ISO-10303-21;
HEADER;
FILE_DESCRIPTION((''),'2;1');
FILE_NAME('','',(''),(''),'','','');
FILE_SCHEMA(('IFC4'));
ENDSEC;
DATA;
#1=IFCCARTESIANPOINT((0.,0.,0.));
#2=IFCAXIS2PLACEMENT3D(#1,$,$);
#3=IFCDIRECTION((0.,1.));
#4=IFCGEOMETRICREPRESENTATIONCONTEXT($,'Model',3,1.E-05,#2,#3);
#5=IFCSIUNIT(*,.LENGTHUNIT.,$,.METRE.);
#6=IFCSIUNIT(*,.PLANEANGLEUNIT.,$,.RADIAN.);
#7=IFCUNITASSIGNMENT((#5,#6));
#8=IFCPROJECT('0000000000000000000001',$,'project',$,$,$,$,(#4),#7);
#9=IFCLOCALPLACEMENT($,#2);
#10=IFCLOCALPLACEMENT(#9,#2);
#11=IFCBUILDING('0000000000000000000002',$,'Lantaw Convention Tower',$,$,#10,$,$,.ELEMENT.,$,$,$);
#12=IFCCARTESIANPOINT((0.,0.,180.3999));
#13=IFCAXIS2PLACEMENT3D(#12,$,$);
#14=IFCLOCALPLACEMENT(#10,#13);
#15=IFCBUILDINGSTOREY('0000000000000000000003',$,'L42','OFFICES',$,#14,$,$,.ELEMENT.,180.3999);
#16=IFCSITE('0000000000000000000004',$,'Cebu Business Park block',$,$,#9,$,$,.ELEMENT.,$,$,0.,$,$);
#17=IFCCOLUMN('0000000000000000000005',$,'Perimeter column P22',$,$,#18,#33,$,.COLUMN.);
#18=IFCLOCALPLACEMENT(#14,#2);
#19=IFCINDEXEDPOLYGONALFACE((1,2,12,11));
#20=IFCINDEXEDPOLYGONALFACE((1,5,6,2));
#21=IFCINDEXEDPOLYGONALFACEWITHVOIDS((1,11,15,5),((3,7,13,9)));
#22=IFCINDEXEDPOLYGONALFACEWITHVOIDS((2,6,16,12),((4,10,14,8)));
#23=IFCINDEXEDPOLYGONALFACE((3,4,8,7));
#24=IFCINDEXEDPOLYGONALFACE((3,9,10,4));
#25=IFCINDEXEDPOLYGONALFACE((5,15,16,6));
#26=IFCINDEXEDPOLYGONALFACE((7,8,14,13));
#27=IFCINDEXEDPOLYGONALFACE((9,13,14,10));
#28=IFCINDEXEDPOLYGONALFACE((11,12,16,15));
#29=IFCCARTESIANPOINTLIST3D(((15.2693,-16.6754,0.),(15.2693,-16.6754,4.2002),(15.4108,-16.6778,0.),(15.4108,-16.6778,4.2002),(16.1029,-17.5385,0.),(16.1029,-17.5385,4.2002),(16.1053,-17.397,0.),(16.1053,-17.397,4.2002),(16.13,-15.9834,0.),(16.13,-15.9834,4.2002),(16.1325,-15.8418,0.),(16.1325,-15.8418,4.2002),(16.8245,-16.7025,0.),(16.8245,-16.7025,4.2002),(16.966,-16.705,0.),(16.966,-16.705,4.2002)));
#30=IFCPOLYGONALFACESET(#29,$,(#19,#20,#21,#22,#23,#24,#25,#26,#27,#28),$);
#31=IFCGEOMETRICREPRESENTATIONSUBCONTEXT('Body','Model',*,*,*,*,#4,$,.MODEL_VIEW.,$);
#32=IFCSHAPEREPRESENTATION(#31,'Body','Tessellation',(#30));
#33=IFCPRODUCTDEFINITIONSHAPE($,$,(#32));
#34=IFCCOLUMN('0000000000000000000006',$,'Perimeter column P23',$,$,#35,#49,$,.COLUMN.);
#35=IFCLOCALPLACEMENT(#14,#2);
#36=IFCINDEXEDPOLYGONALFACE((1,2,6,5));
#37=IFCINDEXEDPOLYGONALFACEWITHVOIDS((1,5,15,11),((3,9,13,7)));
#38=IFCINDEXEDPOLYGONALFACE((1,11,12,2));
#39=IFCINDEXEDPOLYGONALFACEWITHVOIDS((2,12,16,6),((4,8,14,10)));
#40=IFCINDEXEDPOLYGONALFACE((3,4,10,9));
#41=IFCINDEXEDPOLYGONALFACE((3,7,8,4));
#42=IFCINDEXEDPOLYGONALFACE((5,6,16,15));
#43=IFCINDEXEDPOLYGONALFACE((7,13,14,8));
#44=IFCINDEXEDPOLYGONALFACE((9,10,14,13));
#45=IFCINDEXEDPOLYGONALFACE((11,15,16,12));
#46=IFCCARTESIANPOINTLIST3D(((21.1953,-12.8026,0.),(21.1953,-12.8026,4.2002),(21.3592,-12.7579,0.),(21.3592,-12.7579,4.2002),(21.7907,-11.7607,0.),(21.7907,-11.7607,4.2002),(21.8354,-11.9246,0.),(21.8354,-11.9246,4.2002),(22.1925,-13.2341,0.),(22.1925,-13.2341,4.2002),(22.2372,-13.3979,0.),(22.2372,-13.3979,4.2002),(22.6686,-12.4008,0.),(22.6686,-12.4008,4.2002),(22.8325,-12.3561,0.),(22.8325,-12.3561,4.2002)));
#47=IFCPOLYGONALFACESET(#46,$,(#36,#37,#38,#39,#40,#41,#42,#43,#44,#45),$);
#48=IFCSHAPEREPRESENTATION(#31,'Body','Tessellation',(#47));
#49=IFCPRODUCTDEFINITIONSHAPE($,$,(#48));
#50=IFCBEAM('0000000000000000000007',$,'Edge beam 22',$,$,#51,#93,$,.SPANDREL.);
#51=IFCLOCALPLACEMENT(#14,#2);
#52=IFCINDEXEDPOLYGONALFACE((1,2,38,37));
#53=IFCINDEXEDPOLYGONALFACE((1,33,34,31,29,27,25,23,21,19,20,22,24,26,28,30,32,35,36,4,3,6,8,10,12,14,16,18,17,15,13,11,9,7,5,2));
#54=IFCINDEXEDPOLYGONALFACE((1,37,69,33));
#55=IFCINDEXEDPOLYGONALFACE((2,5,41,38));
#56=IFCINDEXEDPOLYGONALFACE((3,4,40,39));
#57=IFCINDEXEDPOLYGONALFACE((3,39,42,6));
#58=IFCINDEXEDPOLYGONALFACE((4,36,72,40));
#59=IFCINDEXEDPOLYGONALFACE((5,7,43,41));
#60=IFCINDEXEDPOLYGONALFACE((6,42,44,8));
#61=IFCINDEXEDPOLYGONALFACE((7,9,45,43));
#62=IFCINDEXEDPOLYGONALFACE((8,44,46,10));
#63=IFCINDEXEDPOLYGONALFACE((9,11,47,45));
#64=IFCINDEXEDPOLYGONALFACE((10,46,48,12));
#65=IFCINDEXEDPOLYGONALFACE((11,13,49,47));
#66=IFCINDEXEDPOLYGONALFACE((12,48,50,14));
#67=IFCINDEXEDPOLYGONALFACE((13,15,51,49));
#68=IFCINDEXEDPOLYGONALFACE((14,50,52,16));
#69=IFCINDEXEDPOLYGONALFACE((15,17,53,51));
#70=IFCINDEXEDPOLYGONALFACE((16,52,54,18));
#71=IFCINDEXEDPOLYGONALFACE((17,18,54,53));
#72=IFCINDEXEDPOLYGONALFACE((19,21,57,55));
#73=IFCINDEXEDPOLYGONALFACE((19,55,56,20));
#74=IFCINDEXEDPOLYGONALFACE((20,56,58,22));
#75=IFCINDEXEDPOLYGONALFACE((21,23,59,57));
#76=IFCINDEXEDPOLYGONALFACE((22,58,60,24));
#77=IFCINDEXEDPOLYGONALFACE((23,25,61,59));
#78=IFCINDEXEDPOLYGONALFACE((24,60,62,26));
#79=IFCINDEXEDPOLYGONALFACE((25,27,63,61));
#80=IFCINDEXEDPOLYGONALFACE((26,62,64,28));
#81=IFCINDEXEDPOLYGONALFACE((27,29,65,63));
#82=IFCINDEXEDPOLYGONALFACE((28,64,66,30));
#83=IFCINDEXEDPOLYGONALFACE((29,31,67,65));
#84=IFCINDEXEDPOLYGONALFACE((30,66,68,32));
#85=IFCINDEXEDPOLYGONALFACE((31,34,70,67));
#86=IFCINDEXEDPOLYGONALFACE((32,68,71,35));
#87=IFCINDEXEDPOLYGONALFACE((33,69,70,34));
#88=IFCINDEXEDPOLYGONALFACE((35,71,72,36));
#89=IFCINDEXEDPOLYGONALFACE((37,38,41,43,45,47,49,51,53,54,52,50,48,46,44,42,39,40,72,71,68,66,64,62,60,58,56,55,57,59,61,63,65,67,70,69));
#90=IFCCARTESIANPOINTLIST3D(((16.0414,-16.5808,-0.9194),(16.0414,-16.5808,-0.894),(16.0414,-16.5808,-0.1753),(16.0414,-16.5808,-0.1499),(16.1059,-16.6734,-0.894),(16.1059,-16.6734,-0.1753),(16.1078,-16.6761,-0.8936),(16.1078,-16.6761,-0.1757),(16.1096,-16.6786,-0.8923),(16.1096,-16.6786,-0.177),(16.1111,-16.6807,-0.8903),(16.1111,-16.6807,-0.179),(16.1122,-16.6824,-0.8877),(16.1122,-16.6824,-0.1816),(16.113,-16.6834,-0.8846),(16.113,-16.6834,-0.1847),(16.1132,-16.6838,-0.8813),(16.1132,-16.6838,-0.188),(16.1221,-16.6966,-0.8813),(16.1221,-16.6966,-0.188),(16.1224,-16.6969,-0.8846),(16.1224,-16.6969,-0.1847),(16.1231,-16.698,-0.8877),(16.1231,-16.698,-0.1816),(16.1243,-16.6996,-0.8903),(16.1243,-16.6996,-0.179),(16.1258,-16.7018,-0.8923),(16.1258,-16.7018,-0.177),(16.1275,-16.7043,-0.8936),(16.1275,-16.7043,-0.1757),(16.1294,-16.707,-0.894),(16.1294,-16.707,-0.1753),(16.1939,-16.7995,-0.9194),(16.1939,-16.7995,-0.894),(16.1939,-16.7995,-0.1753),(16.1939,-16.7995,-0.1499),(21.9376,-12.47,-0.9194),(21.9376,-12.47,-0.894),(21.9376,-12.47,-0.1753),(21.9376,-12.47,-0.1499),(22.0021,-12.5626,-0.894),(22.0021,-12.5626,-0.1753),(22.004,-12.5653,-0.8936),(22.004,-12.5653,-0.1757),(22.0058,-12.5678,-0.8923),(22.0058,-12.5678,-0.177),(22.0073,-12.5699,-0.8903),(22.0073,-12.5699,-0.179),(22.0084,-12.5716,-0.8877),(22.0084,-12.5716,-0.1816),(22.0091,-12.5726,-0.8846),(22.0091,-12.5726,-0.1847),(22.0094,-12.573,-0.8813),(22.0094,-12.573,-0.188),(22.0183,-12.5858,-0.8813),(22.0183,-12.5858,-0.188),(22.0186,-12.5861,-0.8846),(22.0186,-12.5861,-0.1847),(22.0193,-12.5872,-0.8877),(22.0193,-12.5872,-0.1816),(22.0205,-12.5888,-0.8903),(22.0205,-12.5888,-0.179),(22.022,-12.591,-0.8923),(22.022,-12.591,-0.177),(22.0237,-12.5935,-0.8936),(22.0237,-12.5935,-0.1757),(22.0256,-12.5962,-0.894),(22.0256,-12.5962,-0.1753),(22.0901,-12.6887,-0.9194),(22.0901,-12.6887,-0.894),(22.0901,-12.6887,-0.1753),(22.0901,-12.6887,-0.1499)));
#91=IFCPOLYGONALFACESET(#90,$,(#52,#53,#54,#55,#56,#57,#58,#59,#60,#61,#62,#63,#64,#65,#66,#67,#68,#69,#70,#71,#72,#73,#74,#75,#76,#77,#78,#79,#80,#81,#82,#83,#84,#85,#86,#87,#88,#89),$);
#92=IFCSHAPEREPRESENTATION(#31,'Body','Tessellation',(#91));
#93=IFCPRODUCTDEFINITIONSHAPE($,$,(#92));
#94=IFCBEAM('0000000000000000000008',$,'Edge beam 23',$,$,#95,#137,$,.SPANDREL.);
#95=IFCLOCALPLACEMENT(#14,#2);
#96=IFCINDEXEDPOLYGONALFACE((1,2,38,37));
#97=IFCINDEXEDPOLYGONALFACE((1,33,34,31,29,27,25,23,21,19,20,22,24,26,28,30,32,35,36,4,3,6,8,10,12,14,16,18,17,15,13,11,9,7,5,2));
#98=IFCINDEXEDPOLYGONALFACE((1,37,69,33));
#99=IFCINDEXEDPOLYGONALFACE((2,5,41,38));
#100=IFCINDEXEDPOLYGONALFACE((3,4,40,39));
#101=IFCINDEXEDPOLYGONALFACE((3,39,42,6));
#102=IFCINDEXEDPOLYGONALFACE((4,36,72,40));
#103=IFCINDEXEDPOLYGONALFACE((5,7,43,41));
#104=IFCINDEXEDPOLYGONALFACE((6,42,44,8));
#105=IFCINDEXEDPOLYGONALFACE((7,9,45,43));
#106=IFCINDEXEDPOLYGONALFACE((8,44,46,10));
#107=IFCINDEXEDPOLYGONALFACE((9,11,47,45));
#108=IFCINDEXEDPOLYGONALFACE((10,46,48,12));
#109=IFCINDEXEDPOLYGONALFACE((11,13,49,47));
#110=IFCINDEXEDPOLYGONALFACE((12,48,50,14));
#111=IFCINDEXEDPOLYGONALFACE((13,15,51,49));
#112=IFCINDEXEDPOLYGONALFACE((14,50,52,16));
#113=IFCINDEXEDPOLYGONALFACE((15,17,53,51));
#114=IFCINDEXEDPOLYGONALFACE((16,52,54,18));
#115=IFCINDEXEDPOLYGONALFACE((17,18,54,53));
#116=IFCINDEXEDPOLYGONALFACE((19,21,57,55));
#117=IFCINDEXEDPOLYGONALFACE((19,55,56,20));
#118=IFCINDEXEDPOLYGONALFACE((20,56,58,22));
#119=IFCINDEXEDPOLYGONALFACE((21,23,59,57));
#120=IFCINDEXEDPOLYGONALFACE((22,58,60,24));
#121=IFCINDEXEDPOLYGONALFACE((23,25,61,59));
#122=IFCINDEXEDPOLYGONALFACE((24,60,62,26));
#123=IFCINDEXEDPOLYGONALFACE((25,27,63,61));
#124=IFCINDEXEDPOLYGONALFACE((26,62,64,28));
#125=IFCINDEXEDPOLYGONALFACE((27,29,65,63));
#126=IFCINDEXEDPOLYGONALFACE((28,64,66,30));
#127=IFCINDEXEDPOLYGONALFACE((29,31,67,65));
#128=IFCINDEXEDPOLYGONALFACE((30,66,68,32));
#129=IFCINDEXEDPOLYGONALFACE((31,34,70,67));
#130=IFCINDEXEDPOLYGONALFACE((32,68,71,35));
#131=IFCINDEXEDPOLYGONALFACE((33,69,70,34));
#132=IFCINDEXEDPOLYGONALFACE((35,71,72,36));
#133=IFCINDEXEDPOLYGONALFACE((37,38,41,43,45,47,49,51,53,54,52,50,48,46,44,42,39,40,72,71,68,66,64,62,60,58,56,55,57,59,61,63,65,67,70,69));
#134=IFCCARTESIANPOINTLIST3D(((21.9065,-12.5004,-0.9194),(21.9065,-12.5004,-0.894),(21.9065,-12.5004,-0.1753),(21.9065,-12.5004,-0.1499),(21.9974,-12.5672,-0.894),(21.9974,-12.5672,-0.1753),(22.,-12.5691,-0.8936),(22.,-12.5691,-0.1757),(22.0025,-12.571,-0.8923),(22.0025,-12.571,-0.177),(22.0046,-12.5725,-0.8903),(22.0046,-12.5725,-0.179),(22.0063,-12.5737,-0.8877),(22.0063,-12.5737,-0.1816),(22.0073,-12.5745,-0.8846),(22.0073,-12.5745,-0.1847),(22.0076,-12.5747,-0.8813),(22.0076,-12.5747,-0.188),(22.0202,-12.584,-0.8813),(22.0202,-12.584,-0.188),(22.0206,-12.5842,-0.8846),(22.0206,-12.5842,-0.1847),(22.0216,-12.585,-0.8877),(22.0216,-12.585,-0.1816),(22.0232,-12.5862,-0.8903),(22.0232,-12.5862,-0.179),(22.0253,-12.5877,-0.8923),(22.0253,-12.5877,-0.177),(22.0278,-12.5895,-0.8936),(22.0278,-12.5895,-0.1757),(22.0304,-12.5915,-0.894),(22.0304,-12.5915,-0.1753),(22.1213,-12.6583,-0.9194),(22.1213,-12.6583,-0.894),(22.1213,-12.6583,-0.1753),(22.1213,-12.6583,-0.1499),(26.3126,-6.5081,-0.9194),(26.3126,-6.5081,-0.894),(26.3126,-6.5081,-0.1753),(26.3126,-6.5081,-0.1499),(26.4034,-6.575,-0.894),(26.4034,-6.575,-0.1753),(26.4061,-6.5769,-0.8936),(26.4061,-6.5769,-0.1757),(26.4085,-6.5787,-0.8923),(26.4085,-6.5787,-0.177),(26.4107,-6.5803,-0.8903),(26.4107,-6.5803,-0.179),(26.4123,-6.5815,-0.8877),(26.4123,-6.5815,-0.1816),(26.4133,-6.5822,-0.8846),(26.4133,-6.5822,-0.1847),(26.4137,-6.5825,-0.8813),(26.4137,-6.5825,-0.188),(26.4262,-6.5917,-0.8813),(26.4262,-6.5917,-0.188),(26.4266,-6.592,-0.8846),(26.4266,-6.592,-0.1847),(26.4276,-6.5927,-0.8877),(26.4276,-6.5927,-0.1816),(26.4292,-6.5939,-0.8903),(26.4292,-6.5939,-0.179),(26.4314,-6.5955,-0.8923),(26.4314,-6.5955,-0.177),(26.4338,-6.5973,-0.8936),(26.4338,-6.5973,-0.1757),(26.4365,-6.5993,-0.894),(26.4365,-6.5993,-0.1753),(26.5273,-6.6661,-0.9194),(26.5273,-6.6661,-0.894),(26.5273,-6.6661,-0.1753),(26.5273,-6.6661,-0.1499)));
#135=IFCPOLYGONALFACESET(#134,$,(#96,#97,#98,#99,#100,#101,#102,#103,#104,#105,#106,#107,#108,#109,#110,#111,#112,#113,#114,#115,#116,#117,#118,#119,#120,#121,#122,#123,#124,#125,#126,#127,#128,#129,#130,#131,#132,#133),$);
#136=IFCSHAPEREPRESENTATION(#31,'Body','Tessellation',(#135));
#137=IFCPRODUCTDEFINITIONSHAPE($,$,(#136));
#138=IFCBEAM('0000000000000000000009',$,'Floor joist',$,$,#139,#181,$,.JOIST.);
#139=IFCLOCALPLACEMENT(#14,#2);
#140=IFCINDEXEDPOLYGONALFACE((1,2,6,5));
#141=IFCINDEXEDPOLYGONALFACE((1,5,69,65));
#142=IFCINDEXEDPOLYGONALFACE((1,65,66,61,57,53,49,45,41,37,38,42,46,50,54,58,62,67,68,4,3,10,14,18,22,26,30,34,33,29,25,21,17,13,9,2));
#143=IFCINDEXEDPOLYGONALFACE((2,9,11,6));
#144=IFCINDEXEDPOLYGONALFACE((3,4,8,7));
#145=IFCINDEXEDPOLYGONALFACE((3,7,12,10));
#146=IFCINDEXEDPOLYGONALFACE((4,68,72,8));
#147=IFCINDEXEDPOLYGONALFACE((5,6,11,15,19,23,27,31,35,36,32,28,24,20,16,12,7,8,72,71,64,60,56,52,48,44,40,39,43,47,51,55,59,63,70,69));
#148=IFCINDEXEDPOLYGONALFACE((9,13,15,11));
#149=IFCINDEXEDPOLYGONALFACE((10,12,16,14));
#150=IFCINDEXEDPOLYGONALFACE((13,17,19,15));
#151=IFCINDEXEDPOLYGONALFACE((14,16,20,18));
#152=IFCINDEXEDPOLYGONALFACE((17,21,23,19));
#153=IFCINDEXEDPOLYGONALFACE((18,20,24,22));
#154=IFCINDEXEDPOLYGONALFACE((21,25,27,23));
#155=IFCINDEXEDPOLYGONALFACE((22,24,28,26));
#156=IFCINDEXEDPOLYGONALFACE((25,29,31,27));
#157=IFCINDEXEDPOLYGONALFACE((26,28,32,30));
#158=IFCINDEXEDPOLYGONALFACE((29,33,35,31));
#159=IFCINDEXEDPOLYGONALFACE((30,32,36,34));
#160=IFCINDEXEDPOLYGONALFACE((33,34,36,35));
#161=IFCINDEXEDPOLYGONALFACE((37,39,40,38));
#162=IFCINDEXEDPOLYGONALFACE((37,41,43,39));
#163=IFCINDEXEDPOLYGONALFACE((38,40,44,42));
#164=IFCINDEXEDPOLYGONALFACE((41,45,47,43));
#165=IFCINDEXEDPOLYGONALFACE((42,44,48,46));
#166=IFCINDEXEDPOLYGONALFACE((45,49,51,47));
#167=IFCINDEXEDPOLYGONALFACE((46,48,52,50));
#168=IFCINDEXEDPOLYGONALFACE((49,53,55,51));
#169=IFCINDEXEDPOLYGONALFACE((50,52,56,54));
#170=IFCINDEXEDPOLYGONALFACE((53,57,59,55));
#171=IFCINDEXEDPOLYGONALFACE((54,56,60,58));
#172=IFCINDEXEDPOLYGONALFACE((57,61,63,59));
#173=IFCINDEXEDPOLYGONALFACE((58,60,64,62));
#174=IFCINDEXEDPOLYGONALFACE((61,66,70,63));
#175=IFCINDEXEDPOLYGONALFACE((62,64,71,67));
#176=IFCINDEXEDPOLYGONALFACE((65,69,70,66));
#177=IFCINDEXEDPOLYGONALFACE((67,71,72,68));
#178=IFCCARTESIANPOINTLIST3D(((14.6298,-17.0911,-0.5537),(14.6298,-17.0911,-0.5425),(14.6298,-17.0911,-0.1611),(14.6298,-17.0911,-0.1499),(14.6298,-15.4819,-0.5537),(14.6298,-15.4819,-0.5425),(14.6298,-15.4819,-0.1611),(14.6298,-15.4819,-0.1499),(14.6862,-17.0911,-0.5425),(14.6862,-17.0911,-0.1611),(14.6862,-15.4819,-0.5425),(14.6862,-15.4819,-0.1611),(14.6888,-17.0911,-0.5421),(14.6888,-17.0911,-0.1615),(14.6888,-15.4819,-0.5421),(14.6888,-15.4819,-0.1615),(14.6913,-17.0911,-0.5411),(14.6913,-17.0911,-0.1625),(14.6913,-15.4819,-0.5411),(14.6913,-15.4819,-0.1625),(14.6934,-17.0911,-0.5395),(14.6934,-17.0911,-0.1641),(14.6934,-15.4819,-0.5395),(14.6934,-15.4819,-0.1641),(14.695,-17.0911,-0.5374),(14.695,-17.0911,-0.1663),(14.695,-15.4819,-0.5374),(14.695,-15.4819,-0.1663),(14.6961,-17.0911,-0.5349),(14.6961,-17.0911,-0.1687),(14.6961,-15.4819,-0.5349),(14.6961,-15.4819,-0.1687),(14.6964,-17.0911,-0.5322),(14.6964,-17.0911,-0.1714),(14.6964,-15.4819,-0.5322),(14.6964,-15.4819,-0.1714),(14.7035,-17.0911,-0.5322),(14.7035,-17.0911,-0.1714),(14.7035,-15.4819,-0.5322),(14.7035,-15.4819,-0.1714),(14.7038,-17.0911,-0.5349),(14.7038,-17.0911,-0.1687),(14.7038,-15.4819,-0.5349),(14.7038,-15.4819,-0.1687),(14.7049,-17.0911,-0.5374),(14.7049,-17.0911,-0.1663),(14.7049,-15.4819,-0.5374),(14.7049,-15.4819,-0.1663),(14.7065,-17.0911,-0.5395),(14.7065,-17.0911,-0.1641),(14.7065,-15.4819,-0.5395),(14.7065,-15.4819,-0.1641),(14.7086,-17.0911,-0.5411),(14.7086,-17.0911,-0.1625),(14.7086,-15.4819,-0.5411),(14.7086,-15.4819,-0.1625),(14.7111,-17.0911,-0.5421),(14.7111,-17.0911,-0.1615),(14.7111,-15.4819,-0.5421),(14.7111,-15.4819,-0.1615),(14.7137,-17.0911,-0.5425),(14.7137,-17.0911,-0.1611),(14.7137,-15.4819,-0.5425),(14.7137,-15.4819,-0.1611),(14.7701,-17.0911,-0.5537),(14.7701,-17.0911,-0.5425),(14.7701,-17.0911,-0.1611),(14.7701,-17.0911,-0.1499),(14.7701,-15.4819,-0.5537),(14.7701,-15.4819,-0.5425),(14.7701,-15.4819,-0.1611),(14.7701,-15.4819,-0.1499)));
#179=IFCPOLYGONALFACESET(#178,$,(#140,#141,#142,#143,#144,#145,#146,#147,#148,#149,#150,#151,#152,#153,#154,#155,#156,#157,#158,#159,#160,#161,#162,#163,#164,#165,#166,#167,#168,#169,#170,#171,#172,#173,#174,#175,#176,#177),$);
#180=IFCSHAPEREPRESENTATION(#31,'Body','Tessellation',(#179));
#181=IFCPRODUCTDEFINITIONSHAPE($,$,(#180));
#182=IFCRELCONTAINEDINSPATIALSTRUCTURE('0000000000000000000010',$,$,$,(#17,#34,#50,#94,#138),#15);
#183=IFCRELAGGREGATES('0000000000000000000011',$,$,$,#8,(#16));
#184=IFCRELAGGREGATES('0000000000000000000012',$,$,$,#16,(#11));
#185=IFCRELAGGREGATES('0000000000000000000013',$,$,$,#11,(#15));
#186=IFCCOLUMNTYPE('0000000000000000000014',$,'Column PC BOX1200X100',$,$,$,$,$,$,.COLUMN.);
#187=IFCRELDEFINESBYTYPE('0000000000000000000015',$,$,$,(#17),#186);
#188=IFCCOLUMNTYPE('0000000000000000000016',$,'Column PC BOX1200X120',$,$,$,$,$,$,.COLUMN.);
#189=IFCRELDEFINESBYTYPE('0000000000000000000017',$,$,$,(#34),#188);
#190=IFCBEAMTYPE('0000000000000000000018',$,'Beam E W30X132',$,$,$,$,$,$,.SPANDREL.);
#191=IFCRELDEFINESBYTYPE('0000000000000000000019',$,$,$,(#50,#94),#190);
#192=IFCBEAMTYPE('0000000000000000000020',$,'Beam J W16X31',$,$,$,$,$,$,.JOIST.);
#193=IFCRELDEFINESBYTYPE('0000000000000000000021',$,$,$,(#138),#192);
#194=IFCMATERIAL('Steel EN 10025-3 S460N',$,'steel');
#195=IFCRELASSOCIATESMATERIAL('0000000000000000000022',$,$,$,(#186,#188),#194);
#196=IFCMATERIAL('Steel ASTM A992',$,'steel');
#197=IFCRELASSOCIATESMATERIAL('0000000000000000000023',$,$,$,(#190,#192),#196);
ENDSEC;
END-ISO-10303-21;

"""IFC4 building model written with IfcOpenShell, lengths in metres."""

from ifc_helpers import new_model, si_unit, direction, frame, origin, origin_2d, place, context, subcontext, project, spatial, rectangle, hollow_rectangle, i_section, extrude, material, material_profile, profile_set, type_object, element, save


model = new_model("IFC4")

# Units and contexts
model_context = context("Model", 3, precision=1e-05, world=origin(), true_north=direction((0.0, 1.0)))
body_context = subcontext(model_context, "Body", "Model", "MODEL_VIEW")
ifc_project = project(units=[si_unit("LENGTHUNIT", "METRE"), si_unit("PLANEANGLEUNIT", "RADIAN")], contexts=[model_context])

# Site, building, storey
site_placement = place(None, origin())
site = spatial("IfcSite", under=ifc_project, at=site_placement, Name="Cebu Business Park block", CompositionType="ELEMENT", RefElevation=0.0)
building_placement = place(site_placement, origin())
building = spatial("IfcBuilding", under=site, at=building_placement, Name="Lantaw Convention Tower", CompositionType="ELEMENT")
storey_placement = place(building_placement, frame((0.0, 0.0, 180.3999)))
storey = spatial("IfcBuildingStorey", under=building, at=storey_placement, Name="L42", Description="OFFICES", CompositionType="ELEMENT", Elevation=180.3999)

# Columns
ifc_material_1 = material(Name="Steel EN 10025-3 S460N", Category="steel")
ifc_material_profile_1 = material_profile(ifc_material_1, hollow_rectangle(XDim=1.2, YDim=1.2, WallThickness=0.1001, at=origin_2d()), Name="BOX1200X100")
ifc_material_2 = material(Name="Concrete C60/75", Category="concrete")
ifc_material_profile_2 = material_profile(ifc_material_2, rectangle(XDim=1.0, YDim=1.0, at=origin_2d()), Name="Concrete fill of BOX1200X100")
ifc_profile_set_1 = profile_set([ifc_material_profile_1, ifc_material_profile_2], Name="Steel EN 10025-3 S460N")
column_type_1 = type_object("IfcColumnType", Name="Column PC BOX1200X100", PredefinedType="COLUMN", material=ifc_profile_set_1)
column_1_placement = place(storey_placement, frame((16.1177, -16.6902, 0.0), z_axis=(0.0, 0.0, 1.0), x_axis=(0.71934, 0.694658, 0.0)))
element("IfcColumn", 1, at=column_1_placement, inside=storey, type_object=column_type_1, Name="Perimeter column P22", PredefinedType="COLUMN", context=body_context, shape_type="SweptSolid", body=[
    extrude(hollow_rectangle(XDim=1.2, YDim=1.2, WallThickness=0.1001, at=origin_2d()), origin(), (0.0, 0.0, 1.0), 4.2002),
])
ifc_material_profile_3 = material_profile(ifc_material_1, hollow_rectangle(XDim=1.2, YDim=1.2, WallThickness=0.1201, at=origin_2d()), Name="BOX1200X120")
ifc_material_profile_4 = material_profile(ifc_material_2, rectangle(XDim=0.96, YDim=0.96, at=origin_2d()), Name="Concrete fill of BOX1200X120")
ifc_profile_set_2 = profile_set([ifc_material_profile_3, ifc_material_profile_4], Name="Steel EN 10025-3 S460N")
column_type_2 = type_object("IfcColumnType", Name="Column PC BOX1200X120", PredefinedType="COLUMN", material=ifc_profile_set_2)
column_2_placement = place(storey_placement, frame((22.0139, -12.5793, 0.0), z_axis=(0.0, 0.0, 1.0), x_axis=(0.496139, 0.868243, 0.0)))
element("IfcColumn", 2, at=column_2_placement, inside=storey, type_object=column_type_2, Name="Perimeter column P23", PredefinedType="COLUMN", context=body_context, shape_type="SweptSolid", body=[
    extrude(hollow_rectangle(XDim=1.2, YDim=1.2, WallThickness=0.1201, at=origin_2d()), origin(), (0.0, 0.0, 1.0), 4.2002),
])

# Beams
ifc_material_3 = material(Name="Steel ASTM A992", Category="steel")
ifc_material_profile_5 = material_profile(ifc_material_3, i_section(OverallWidth=0.2666, OverallDepth=0.7695, WebThickness=0.0156, FlangeThickness=0.0254, FilletRadius=0.0127, at=origin_2d()), Name="W30X132")
ifc_profile_set_3 = profile_set([ifc_material_profile_5], Name="Steel ASTM A992")
beam_type_1 = type_object("IfcBeamType", Name="Beam E W30X132", PredefinedType="SPANDREL", material=ifc_profile_set_3)
beam_1_placement = place(storey_placement, frame((16.1177, -16.6902, -0.5347), z_axis=(0.820311, 0.571918, 0.0), x_axis=(-0.571918, 0.820311, 0.0)))
element("IfcBeam", 3, at=beam_1_placement, inside=storey, type_object=beam_type_1, Name="Edge beam 22", PredefinedType="SPANDREL", context=body_context, shape_type="SweptSolid", body=[
    extrude(i_section(OverallWidth=0.2666, OverallDepth=0.7695, WebThickness=0.0156, FlangeThickness=0.0254, FilletRadius=0.0127, at=origin_2d()), origin(), (0.0, 0.0, 1.0), 7.1877),
])
beam_2_placement = place(storey_placement, frame((22.0139, -12.5793, -0.5347), z_axis=(0.592389, 0.805652, 0.0), x_axis=(-0.805652, 0.592389, 0.0)))
element("IfcBeam", 4, at=beam_2_placement, inside=storey, type_object=beam_type_1, Name="Edge beam 23", PredefinedType="SPANDREL", context=body_context, shape_type="SweptSolid", body=[
    extrude(i_section(OverallWidth=0.2666, OverallDepth=0.7695, WebThickness=0.0156, FlangeThickness=0.0254, FilletRadius=0.0127, at=origin_2d()), origin(), (0.0, 0.0, 1.0), 7.4377),
])
ifc_material_profile_6 = material_profile(ifc_material_3, i_section(OverallWidth=0.1404, OverallDepth=0.4038, WebThickness=0.0071, FlangeThickness=0.0112, FilletRadius=0.0103, at=origin_2d()), Name="W16X31")
ifc_profile_set_4 = profile_set([ifc_material_profile_6], Name="Steel ASTM A992")
beam_type_2 = type_object("IfcBeamType", Name="Beam J W16X31", PredefinedType="JOIST", material=ifc_profile_set_4)
beam_3_placement = place(storey_placement, frame((14.7, -17.0911, -0.3518), z_axis=(0.0, 1.0, 0.0), x_axis=(-1.0, 0.0, 0.0)))
element("IfcBeam", 5, at=beam_3_placement, inside=storey, type_object=beam_type_2, Name="Floor joist", PredefinedType="JOIST", context=body_context, shape_type="SweptSolid", body=[
    extrude(i_section(OverallWidth=0.1404, OverallDepth=0.4038, WebThickness=0.0071, FlangeThickness=0.0112, FilletRadius=0.0103, at=origin_2d()), origin(), (0.0, 0.0, 1.0), 1.6091),
])

save(model, "model.ifc")
